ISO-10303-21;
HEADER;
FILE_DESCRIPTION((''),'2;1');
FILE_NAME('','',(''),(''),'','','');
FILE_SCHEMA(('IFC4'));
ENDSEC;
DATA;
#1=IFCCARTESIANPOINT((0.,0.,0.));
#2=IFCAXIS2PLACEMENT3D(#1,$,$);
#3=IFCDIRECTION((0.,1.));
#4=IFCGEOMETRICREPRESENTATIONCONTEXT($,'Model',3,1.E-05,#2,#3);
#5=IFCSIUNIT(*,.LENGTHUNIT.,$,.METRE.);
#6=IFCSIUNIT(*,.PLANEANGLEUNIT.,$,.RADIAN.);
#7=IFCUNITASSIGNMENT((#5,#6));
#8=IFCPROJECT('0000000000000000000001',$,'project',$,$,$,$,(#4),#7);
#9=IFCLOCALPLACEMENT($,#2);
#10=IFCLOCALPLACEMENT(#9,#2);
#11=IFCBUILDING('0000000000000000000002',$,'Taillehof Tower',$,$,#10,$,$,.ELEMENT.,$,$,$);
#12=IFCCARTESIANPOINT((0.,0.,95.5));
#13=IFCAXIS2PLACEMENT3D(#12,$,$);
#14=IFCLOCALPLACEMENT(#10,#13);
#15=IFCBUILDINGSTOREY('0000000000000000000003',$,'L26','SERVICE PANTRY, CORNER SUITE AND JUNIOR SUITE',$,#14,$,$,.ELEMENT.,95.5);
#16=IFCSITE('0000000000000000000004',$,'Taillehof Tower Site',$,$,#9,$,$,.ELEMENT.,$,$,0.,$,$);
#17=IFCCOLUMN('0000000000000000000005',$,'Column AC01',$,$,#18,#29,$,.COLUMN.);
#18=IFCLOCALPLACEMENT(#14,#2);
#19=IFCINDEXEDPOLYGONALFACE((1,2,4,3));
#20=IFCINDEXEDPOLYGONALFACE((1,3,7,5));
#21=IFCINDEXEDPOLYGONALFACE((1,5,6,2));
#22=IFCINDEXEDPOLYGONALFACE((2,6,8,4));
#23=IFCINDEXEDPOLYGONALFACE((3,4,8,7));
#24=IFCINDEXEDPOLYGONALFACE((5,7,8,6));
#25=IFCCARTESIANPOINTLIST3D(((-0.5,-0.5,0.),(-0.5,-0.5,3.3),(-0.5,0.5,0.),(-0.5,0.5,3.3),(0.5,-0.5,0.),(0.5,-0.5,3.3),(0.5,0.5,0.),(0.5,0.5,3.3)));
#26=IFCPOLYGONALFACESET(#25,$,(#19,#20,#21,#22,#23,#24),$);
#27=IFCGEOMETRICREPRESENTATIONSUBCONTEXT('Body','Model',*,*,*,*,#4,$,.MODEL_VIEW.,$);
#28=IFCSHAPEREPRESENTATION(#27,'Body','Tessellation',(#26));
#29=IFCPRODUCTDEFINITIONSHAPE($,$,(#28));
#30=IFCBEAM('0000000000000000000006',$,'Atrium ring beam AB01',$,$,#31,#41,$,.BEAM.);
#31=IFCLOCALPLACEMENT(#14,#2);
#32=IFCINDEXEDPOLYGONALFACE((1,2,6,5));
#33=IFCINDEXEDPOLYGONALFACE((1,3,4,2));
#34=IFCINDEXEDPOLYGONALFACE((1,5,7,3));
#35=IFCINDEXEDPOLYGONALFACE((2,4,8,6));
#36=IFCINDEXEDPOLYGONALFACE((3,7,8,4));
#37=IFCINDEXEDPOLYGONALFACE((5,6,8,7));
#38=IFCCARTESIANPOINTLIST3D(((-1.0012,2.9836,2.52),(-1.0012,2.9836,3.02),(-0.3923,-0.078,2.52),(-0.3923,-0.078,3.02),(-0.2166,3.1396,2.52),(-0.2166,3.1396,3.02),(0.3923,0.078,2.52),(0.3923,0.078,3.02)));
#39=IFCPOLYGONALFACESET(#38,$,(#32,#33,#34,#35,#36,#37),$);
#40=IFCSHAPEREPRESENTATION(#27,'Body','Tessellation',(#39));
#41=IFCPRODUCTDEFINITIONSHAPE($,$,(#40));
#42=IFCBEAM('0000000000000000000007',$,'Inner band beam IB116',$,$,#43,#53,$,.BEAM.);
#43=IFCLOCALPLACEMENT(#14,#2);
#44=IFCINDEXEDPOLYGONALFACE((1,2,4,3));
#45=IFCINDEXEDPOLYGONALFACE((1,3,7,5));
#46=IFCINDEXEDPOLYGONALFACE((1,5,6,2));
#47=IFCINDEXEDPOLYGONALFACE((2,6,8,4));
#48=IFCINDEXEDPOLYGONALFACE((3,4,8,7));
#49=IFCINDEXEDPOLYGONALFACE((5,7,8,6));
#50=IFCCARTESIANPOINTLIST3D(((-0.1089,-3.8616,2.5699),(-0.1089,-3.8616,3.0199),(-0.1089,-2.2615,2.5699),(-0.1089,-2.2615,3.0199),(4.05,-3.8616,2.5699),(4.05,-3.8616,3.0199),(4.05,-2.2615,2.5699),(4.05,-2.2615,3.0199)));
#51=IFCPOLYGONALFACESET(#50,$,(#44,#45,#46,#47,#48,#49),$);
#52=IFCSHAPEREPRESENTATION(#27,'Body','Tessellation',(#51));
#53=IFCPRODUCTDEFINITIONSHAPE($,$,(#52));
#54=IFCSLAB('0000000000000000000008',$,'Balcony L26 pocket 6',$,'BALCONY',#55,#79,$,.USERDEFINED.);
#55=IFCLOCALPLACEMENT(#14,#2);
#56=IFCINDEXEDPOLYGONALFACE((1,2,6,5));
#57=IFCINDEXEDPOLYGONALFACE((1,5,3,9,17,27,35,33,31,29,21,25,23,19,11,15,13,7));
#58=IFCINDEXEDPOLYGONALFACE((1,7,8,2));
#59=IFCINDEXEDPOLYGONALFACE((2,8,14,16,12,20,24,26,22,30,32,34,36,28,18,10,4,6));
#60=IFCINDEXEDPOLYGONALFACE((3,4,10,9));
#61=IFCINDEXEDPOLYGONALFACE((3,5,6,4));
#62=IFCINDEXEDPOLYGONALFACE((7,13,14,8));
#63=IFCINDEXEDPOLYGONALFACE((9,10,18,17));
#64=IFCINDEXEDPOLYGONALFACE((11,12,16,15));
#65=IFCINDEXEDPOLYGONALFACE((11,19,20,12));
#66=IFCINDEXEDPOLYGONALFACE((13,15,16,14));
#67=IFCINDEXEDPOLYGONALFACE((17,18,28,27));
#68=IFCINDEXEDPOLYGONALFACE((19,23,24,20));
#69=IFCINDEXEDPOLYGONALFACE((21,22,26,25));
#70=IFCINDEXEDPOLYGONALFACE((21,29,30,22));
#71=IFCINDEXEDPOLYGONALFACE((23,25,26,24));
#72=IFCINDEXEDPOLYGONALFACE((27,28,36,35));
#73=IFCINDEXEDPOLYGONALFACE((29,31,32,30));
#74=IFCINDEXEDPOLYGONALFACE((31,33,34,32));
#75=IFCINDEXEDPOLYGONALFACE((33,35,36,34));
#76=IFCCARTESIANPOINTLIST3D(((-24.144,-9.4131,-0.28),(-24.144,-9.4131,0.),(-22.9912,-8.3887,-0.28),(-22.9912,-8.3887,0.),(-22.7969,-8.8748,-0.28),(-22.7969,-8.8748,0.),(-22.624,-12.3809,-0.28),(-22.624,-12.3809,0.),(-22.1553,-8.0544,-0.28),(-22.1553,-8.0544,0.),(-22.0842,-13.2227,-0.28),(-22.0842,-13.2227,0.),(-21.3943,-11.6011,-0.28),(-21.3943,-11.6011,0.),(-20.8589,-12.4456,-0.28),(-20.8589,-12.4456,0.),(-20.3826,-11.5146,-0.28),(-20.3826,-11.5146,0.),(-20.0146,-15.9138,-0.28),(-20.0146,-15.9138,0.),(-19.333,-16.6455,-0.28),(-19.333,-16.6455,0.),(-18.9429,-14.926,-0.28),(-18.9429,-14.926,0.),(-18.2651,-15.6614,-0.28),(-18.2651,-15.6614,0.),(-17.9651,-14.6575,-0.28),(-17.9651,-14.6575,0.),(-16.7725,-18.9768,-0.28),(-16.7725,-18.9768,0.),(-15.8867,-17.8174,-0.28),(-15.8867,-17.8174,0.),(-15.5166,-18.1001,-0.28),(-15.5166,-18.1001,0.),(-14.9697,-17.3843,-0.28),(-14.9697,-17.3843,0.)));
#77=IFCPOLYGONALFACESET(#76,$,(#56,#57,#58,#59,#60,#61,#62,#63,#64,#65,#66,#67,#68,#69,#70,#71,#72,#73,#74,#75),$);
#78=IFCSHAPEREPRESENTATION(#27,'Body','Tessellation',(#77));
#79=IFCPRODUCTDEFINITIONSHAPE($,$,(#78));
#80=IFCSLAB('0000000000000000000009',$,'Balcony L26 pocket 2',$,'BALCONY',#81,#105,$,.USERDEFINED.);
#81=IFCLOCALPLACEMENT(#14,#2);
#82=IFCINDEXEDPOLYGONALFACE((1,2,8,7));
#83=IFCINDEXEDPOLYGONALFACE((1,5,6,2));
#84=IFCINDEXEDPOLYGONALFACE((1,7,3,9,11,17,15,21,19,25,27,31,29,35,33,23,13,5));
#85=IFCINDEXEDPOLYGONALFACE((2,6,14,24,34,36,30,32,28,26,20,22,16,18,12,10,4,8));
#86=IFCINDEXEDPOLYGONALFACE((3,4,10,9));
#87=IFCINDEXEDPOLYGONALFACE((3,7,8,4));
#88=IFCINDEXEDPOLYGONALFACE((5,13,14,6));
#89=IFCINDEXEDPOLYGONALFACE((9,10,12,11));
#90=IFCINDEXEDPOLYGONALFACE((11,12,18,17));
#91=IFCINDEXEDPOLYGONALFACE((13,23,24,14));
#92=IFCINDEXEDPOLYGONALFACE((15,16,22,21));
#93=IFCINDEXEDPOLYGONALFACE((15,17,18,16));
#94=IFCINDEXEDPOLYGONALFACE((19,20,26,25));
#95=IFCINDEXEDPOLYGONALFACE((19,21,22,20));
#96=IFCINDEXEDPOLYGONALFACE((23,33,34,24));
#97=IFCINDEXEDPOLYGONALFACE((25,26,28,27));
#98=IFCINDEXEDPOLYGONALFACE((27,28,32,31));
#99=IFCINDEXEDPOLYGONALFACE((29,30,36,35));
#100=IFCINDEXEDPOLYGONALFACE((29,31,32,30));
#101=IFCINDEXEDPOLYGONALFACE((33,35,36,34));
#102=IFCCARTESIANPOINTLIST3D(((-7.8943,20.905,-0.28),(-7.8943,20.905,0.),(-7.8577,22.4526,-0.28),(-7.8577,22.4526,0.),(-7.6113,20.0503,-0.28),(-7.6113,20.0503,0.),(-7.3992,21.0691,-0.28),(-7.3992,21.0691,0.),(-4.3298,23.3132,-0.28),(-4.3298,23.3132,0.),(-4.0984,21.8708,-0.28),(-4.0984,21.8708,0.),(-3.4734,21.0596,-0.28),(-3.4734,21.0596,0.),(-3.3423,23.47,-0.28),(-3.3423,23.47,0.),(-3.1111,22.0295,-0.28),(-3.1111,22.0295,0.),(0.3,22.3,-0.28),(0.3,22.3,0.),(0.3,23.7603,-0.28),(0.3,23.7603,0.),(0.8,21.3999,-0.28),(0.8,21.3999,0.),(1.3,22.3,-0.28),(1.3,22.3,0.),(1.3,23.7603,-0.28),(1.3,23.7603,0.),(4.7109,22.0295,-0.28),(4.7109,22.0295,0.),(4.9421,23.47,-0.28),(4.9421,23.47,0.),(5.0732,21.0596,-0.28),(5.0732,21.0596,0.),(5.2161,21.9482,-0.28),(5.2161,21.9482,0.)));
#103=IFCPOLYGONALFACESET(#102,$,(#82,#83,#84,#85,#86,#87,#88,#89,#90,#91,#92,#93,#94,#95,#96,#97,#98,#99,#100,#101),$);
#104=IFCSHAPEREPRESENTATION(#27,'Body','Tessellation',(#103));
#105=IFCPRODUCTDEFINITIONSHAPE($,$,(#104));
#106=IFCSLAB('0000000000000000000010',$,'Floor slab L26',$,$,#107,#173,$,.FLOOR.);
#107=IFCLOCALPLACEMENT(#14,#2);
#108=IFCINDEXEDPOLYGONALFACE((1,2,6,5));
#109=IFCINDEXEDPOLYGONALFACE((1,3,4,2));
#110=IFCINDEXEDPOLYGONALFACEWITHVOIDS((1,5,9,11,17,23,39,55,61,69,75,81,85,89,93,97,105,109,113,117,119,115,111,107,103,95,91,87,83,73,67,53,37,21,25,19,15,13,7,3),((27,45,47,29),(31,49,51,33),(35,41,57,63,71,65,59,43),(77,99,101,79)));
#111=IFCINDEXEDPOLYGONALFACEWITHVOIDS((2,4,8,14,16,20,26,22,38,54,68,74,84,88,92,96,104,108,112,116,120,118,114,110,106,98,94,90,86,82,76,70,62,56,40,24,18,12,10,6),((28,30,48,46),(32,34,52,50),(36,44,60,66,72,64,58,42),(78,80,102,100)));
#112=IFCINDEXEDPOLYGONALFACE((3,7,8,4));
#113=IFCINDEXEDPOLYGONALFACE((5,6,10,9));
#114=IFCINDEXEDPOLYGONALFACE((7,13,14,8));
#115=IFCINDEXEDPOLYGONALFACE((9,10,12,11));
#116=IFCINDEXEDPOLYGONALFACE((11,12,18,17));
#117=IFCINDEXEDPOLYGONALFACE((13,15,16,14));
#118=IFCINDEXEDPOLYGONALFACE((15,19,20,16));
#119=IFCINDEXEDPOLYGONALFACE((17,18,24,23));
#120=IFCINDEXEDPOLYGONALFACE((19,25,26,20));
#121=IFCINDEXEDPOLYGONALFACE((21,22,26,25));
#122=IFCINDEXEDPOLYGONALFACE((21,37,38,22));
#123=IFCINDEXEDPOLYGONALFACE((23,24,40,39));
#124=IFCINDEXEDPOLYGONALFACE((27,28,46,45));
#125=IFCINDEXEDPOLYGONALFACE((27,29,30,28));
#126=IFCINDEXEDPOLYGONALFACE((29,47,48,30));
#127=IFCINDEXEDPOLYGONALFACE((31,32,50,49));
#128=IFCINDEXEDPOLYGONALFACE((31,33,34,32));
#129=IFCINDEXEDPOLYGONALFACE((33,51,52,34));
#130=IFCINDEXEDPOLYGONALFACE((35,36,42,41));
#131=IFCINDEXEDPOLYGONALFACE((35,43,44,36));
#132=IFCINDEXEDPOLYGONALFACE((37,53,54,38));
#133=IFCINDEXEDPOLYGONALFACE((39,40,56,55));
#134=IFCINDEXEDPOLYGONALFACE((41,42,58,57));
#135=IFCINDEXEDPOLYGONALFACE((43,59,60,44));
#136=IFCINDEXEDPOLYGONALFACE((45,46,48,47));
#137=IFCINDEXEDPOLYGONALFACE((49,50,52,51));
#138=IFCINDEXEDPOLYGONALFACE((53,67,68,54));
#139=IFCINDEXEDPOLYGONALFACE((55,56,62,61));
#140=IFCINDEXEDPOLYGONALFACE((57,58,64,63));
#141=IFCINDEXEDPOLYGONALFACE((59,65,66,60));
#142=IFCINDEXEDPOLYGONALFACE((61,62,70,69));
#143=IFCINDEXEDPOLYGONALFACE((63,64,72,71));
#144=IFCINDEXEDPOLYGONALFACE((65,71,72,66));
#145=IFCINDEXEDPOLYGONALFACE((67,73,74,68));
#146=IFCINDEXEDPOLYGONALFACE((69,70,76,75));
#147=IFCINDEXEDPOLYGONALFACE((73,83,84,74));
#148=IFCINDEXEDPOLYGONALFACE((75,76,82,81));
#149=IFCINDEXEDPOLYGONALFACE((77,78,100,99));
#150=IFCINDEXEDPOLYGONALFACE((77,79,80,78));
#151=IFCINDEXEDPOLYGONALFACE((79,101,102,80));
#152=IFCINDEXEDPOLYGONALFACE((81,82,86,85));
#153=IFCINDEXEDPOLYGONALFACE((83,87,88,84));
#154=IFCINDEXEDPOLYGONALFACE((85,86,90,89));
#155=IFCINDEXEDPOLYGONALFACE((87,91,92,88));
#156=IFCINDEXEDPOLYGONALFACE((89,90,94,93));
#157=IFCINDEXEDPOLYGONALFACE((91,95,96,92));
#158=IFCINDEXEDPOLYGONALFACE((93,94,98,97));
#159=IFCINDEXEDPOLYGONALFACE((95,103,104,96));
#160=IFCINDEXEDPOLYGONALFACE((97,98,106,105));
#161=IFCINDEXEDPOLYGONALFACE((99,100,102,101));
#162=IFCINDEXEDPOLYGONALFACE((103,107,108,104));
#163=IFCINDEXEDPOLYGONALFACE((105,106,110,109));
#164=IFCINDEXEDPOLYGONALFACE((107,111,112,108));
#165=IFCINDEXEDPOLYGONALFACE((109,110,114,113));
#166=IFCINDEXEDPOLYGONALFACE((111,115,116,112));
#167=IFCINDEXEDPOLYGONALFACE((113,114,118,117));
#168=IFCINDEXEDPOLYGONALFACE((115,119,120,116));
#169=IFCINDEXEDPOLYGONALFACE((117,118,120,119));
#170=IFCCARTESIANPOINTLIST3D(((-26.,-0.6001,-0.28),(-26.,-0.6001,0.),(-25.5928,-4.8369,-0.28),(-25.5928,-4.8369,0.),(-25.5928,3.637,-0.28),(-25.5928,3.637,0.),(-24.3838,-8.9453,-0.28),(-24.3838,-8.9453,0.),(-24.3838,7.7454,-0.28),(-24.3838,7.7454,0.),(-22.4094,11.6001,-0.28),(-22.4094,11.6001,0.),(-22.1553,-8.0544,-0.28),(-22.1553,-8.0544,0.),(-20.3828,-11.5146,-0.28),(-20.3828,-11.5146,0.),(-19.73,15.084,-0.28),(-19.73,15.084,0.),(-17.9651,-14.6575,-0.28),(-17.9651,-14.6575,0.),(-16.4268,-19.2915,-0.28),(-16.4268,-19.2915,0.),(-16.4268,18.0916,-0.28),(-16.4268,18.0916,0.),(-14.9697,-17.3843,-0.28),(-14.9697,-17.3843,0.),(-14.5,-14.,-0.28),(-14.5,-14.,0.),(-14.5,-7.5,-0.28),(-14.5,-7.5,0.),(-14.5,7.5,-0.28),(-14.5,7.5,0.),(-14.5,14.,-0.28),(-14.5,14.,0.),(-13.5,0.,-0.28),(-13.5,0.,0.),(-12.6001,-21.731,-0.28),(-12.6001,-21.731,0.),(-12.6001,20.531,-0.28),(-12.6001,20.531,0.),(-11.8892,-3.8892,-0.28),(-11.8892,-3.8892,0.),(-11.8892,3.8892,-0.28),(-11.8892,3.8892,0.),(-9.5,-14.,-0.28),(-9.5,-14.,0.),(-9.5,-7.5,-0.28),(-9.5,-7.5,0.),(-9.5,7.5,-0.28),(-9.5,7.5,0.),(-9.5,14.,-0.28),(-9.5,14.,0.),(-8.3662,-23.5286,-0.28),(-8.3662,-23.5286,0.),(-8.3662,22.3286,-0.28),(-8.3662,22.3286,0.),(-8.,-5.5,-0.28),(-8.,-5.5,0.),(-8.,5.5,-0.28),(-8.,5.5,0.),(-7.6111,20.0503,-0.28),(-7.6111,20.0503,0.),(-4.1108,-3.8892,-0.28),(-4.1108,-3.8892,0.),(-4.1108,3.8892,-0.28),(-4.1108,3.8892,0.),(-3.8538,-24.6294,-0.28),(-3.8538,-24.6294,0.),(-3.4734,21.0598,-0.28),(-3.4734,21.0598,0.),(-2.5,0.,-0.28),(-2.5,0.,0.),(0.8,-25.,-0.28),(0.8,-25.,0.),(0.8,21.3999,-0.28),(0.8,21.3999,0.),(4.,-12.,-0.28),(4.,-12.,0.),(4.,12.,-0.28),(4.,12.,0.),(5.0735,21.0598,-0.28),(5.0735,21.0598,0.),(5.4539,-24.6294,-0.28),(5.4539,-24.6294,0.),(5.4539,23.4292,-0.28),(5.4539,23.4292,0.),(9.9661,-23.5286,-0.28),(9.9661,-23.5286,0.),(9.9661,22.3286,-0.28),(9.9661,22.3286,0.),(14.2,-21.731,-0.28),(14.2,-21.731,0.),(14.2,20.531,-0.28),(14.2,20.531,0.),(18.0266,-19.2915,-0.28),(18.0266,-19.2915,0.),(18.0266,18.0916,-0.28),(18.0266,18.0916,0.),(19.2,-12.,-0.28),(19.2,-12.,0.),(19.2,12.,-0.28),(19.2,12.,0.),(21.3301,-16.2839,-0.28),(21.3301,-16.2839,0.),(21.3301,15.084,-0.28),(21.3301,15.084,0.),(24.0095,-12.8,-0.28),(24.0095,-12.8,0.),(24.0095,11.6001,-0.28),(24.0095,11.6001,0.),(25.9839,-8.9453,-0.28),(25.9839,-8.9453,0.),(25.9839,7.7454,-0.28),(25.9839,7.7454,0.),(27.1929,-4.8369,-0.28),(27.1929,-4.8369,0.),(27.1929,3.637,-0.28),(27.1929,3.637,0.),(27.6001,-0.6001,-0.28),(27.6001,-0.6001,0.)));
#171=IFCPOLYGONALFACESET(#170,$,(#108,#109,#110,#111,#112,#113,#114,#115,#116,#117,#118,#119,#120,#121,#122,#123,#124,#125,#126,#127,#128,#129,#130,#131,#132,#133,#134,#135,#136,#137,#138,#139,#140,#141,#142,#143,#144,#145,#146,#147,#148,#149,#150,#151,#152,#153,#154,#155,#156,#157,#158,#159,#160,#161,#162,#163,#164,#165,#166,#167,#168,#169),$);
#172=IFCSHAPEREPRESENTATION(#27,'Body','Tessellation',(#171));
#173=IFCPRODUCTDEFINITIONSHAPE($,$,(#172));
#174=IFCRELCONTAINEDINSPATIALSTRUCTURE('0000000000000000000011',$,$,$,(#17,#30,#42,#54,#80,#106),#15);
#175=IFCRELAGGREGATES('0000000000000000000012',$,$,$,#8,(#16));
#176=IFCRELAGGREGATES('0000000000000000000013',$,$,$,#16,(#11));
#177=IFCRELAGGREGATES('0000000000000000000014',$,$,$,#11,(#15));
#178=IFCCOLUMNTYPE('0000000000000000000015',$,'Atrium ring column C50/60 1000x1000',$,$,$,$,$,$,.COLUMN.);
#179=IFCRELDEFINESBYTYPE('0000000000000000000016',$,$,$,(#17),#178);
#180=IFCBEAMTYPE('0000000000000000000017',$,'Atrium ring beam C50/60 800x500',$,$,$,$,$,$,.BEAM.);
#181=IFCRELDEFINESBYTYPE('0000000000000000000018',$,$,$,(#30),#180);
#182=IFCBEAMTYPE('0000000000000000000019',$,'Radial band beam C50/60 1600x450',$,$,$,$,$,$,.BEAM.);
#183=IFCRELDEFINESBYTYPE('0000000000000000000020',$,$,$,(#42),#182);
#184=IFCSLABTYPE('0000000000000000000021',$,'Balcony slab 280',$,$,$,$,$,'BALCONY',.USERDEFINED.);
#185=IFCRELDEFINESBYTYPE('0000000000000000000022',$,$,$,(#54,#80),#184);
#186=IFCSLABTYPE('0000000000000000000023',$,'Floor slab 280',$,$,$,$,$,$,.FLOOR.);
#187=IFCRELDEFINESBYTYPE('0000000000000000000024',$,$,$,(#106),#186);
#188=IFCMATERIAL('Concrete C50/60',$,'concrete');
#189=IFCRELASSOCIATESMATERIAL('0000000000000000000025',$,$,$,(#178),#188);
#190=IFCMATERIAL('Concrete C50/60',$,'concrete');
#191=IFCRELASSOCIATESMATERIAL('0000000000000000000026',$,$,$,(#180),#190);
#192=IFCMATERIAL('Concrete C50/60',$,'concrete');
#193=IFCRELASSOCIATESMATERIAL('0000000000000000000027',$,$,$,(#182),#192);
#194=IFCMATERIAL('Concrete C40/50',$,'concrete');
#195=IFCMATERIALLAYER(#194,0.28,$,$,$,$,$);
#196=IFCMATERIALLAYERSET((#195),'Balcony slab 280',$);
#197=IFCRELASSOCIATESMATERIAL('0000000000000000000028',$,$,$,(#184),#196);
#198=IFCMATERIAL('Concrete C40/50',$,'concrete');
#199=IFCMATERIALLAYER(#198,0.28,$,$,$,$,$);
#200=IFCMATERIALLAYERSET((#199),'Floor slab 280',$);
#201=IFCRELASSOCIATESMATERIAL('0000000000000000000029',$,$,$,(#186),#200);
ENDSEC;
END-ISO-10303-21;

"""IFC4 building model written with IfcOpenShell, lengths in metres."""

from ifc_helpers import new_model, si_unit, direction, frame, origin, origin_with_axes, origin_2d, place, context, subcontext, project, spatial, polyline, rectangle, outline, extrude, material, layer, layer_set, material_profile, profile_set, type_object, element, save


model = new_model("IFC4")

# Units and contexts
model_context = context("Model", 3, precision=1e-05, world=origin(), true_north=direction((0.0, 1.0)))
body_context = subcontext(model_context, "Body", "Model", "MODEL_VIEW")
ifc_project = project(units=[si_unit("LENGTHUNIT", "METRE"), si_unit("PLANEANGLEUNIT", "RADIAN")], contexts=[model_context])

# Site, building, storey
site_placement = place(None, origin())
site = spatial("IfcSite", under=ifc_project, at=site_placement, Name="Taillehof Tower Site", CompositionType="ELEMENT", RefElevation=0.0)
building_placement = place(site_placement, origin())
building = spatial("IfcBuilding", under=site, at=building_placement, Name="Taillehof Tower", CompositionType="ELEMENT")
storey_placement = place(building_placement, frame((0.0, 0.0, 95.5)))
storey = spatial("IfcBuildingStorey", under=building, at=storey_placement, Name="L26", Description="SERVICE PANTRY, CORNER SUITE AND JUNIOR SUITE", CompositionType="ELEMENT", Elevation=95.5)

# Column
ifc_material_1 = material(Name="Concrete C50/60", Category="concrete")
ifc_material_profile_1 = material_profile(ifc_material_1, rectangle(XDim=1.0, YDim=1.0, at=origin_2d()), Name="RC 1000x1000")
ifc_profile_set_1 = profile_set([ifc_material_profile_1], Name="Concrete C50/60")
column_type = type_object("IfcColumnType", Name="Atrium ring column C50/60 1000x1000", PredefinedType="COLUMN", material=ifc_profile_set_1)
column_placement = place(storey_placement, origin_with_axes())
element("IfcColumn", 1, at=column_placement, inside=storey, type_object=column_type, Name="Column AC01", PredefinedType="COLUMN", context=body_context, shape_type="SweptSolid", body=[
    extrude(rectangle(XDim=1.0, YDim=1.0, at=origin_2d()), origin(), (0.0, 0.0, 1.0), 3.3),
])

# Beams
ifc_material_2 = material(Name="Concrete C50/60", Category="concrete")
ifc_material_profile_2 = material_profile(ifc_material_2, rectangle(XDim=0.8, YDim=0.5, at=origin_2d()), Name="RC 800x500")
ifc_profile_set_2 = profile_set([ifc_material_profile_2], Name="Concrete C50/60")
beam_type_1 = type_object("IfcBeamType", Name="Atrium ring beam C50/60 800x500", PredefinedType="BEAM", material=ifc_profile_set_2)
beam_1_placement = place(storey_placement, frame((0.0, 0.0, 2.77), z_axis=(-0.195063, 0.980791, 0.0), x_axis=(-0.980791, -0.195063, 0.0)))
element("IfcBeam", 2, at=beam_1_placement, inside=storey, type_object=beam_type_1, Name="Atrium ring beam AB01", PredefinedType="BEAM", context=body_context, shape_type="SweptSolid", body=[
    extrude(rectangle(XDim=0.8, YDim=0.5, at=origin_2d()), origin(), (0.0, 0.0, 1.0), 3.1216),
])
ifc_material_3 = material(Name="Concrete C50/60", Category="concrete")
ifc_material_profile_3 = material_profile(ifc_material_3, rectangle(XDim=1.6001, YDim=0.45, at=origin_2d()), Name="RC 1600x450")
ifc_profile_set_3 = profile_set([ifc_material_profile_3], Name="Concrete C50/60")
beam_type_2 = type_object("IfcBeamType", Name="Radial band beam C50/60 1600x450", PredefinedType="BEAM", material=ifc_profile_set_3)
beam_2_placement = place(storey_placement, frame((-0.1089, -3.0615, 2.7949), z_axis=(1.0, 0.0, 0.0), x_axis=(0.0, 1.0, 0.0)))
element("IfcBeam", 3, at=beam_2_placement, inside=storey, type_object=beam_type_2, Name="Inner band beam IB116", PredefinedType="BEAM", context=body_context, shape_type="SweptSolid", body=[
    extrude(rectangle(XDim=1.6001, YDim=0.45, at=origin_2d()), origin(), (0.0, 0.0, 1.0), 4.1589),
])

# Slabs
ifc_material_4 = material(Name="Concrete C40/50", Category="concrete")
ifc_layer_1 = layer(ifc_material_4, 0.28)
ifc_layer_set_1 = layer_set([ifc_layer_1], Name="Balcony slab 280")
slab_type_1 = type_object("IfcSlabType", Name="Balcony slab 280", ElementType="BALCONY", PredefinedType="USERDEFINED", material=ifc_layer_set_1)
slab_1_placement = place(storey_placement, frame((0.0, 0.0, -0.28)))
element("IfcSlab", 4, at=slab_1_placement, inside=storey, type_object=slab_type_1, Name="Balcony L26 pocket 6", ObjectType="BALCONY", PredefinedType="USERDEFINED", context=body_context, shape_type="SweptSolid", body=[
    extrude(outline(polyline([(-14.9697, -17.3843), (-15.5166, -18.1001), (-15.8867, -17.8174), (-16.7725, -18.9768), (-19.333, -16.6455), (-18.2651, -15.6614), (-18.9429, -14.926), (-20.0146, -15.9138), (-22.0842, -13.2227), (-20.8589, -12.4456), (-21.3943, -11.6011), (-22.624, -12.3809), (-24.144, -9.4131), (-22.7969, -8.8748), (-22.9912, -8.3887), (-22.1553, -8.0544), (-20.3826, -11.5146), (-17.9651, -14.6575), (-14.9697, -17.3843)])), origin(), (0.0, 0.0, 1.0), 0.28),
])
slab_2_placement = place(storey_placement, frame((0.0, 0.0, -0.28)))
element("IfcSlab", 5, at=slab_2_placement, inside=storey, type_object=slab_type_1, Name="Balcony L26 pocket 2", ObjectType="BALCONY", PredefinedType="USERDEFINED", context=body_context, shape_type="SweptSolid", body=[
    extrude(outline(polyline([(-7.6113, 20.0503), (-7.8943, 20.905), (-7.3992, 21.0691), (-7.8577, 22.4526), (-4.3298, 23.3132), (-4.0984, 21.8708), (-3.1111, 22.0295), (-3.3423, 23.47), (0.3, 23.7603), (0.3, 22.3), (1.3, 22.3), (1.3, 23.7603), (4.9421, 23.47), (4.7109, 22.0295), (5.2161, 21.9482), (5.0732, 21.0596), (0.8, 21.3999), (-3.4734, 21.0596), (-7.6113, 20.0503)])), origin(), (0.0, 0.0, 1.0), 0.28),
])
ifc_material_5 = material(Name="Concrete C40/50", Category="concrete")
ifc_layer_2 = layer(ifc_material_5, 0.28)
ifc_layer_set_2 = layer_set([ifc_layer_2], Name="Floor slab 280")
slab_type_2 = type_object("IfcSlabType", Name="Floor slab 280", PredefinedType="FLOOR", material=ifc_layer_set_2)
slab_3_placement = place(storey_placement, frame((0.0, 0.0, -0.28)))
element("IfcSlab", 6, at=slab_3_placement, inside=storey, type_object=slab_type_2, Name="Floor slab L26", PredefinedType="FLOOR", context=body_context, shape_type="SweptSolid", body=[
    extrude(outline(polyline([(27.6001, -0.6001), (27.1929, 3.637), (25.9839, 7.7454), (24.0095, 11.6001), (21.3301, 15.084), (18.0266, 18.0916), (14.2, 20.531), (9.9661, 22.3286), (5.4539, 23.4292), (5.0735, 21.0598), (0.8, 21.3999), (-3.4734, 21.0598), (-7.6111, 20.0503), (-8.3662, 22.3286), (-12.6001, 20.531), (-16.4268, 18.0916), (-19.73, 15.084), (-22.4094, 11.6001), (-24.3838, 7.7454), (-25.5928, 3.637), (-26.0, -0.6001), (-25.5928, -4.8369), (-24.3838, -8.9453), (-22.1553, -8.0544), (-20.3828, -11.5146), (-17.9651, -14.6575), (-14.9697, -17.3843), (-16.4268, -19.2915), (-12.6001, -21.731), (-8.3662, -23.5286), (-3.8538, -24.6294), (0.8, -25.0), (5.4539, -24.6294), (9.9661, -23.5286), (14.2, -21.731), (18.0266, -19.2915), (21.3301, -16.2839), (24.0095, -12.8), (25.9839, -8.9453), (27.1929, -4.8369), (27.6001, -0.6001)]), holes=[polyline([(-14.5, -7.5), (-9.5, -7.5), (-9.5, -14.0), (-14.5, -14.0), (-14.5, -7.5)]), polyline([(-8.0, -5.5), (-11.8892, -3.8892), (-13.5, 0.0), (-11.8892, 3.8892), (-8.0, 5.5), (-4.1108, 3.8892), (-2.5, 0.0), (-4.1108, -3.8892), (-8.0, -5.5)]), polyline([(19.2, 12.0), (19.2, -12.0), (4.0, -12.0), (4.0, 12.0), (19.2, 12.0)]), polyline([(-14.5, 14.0), (-9.5, 14.0), (-9.5, 7.5), (-14.5, 7.5), (-14.5, 14.0)])]), origin(), (0.0, 0.0, 1.0), 0.28),
])

save(model, "model.ifc")
